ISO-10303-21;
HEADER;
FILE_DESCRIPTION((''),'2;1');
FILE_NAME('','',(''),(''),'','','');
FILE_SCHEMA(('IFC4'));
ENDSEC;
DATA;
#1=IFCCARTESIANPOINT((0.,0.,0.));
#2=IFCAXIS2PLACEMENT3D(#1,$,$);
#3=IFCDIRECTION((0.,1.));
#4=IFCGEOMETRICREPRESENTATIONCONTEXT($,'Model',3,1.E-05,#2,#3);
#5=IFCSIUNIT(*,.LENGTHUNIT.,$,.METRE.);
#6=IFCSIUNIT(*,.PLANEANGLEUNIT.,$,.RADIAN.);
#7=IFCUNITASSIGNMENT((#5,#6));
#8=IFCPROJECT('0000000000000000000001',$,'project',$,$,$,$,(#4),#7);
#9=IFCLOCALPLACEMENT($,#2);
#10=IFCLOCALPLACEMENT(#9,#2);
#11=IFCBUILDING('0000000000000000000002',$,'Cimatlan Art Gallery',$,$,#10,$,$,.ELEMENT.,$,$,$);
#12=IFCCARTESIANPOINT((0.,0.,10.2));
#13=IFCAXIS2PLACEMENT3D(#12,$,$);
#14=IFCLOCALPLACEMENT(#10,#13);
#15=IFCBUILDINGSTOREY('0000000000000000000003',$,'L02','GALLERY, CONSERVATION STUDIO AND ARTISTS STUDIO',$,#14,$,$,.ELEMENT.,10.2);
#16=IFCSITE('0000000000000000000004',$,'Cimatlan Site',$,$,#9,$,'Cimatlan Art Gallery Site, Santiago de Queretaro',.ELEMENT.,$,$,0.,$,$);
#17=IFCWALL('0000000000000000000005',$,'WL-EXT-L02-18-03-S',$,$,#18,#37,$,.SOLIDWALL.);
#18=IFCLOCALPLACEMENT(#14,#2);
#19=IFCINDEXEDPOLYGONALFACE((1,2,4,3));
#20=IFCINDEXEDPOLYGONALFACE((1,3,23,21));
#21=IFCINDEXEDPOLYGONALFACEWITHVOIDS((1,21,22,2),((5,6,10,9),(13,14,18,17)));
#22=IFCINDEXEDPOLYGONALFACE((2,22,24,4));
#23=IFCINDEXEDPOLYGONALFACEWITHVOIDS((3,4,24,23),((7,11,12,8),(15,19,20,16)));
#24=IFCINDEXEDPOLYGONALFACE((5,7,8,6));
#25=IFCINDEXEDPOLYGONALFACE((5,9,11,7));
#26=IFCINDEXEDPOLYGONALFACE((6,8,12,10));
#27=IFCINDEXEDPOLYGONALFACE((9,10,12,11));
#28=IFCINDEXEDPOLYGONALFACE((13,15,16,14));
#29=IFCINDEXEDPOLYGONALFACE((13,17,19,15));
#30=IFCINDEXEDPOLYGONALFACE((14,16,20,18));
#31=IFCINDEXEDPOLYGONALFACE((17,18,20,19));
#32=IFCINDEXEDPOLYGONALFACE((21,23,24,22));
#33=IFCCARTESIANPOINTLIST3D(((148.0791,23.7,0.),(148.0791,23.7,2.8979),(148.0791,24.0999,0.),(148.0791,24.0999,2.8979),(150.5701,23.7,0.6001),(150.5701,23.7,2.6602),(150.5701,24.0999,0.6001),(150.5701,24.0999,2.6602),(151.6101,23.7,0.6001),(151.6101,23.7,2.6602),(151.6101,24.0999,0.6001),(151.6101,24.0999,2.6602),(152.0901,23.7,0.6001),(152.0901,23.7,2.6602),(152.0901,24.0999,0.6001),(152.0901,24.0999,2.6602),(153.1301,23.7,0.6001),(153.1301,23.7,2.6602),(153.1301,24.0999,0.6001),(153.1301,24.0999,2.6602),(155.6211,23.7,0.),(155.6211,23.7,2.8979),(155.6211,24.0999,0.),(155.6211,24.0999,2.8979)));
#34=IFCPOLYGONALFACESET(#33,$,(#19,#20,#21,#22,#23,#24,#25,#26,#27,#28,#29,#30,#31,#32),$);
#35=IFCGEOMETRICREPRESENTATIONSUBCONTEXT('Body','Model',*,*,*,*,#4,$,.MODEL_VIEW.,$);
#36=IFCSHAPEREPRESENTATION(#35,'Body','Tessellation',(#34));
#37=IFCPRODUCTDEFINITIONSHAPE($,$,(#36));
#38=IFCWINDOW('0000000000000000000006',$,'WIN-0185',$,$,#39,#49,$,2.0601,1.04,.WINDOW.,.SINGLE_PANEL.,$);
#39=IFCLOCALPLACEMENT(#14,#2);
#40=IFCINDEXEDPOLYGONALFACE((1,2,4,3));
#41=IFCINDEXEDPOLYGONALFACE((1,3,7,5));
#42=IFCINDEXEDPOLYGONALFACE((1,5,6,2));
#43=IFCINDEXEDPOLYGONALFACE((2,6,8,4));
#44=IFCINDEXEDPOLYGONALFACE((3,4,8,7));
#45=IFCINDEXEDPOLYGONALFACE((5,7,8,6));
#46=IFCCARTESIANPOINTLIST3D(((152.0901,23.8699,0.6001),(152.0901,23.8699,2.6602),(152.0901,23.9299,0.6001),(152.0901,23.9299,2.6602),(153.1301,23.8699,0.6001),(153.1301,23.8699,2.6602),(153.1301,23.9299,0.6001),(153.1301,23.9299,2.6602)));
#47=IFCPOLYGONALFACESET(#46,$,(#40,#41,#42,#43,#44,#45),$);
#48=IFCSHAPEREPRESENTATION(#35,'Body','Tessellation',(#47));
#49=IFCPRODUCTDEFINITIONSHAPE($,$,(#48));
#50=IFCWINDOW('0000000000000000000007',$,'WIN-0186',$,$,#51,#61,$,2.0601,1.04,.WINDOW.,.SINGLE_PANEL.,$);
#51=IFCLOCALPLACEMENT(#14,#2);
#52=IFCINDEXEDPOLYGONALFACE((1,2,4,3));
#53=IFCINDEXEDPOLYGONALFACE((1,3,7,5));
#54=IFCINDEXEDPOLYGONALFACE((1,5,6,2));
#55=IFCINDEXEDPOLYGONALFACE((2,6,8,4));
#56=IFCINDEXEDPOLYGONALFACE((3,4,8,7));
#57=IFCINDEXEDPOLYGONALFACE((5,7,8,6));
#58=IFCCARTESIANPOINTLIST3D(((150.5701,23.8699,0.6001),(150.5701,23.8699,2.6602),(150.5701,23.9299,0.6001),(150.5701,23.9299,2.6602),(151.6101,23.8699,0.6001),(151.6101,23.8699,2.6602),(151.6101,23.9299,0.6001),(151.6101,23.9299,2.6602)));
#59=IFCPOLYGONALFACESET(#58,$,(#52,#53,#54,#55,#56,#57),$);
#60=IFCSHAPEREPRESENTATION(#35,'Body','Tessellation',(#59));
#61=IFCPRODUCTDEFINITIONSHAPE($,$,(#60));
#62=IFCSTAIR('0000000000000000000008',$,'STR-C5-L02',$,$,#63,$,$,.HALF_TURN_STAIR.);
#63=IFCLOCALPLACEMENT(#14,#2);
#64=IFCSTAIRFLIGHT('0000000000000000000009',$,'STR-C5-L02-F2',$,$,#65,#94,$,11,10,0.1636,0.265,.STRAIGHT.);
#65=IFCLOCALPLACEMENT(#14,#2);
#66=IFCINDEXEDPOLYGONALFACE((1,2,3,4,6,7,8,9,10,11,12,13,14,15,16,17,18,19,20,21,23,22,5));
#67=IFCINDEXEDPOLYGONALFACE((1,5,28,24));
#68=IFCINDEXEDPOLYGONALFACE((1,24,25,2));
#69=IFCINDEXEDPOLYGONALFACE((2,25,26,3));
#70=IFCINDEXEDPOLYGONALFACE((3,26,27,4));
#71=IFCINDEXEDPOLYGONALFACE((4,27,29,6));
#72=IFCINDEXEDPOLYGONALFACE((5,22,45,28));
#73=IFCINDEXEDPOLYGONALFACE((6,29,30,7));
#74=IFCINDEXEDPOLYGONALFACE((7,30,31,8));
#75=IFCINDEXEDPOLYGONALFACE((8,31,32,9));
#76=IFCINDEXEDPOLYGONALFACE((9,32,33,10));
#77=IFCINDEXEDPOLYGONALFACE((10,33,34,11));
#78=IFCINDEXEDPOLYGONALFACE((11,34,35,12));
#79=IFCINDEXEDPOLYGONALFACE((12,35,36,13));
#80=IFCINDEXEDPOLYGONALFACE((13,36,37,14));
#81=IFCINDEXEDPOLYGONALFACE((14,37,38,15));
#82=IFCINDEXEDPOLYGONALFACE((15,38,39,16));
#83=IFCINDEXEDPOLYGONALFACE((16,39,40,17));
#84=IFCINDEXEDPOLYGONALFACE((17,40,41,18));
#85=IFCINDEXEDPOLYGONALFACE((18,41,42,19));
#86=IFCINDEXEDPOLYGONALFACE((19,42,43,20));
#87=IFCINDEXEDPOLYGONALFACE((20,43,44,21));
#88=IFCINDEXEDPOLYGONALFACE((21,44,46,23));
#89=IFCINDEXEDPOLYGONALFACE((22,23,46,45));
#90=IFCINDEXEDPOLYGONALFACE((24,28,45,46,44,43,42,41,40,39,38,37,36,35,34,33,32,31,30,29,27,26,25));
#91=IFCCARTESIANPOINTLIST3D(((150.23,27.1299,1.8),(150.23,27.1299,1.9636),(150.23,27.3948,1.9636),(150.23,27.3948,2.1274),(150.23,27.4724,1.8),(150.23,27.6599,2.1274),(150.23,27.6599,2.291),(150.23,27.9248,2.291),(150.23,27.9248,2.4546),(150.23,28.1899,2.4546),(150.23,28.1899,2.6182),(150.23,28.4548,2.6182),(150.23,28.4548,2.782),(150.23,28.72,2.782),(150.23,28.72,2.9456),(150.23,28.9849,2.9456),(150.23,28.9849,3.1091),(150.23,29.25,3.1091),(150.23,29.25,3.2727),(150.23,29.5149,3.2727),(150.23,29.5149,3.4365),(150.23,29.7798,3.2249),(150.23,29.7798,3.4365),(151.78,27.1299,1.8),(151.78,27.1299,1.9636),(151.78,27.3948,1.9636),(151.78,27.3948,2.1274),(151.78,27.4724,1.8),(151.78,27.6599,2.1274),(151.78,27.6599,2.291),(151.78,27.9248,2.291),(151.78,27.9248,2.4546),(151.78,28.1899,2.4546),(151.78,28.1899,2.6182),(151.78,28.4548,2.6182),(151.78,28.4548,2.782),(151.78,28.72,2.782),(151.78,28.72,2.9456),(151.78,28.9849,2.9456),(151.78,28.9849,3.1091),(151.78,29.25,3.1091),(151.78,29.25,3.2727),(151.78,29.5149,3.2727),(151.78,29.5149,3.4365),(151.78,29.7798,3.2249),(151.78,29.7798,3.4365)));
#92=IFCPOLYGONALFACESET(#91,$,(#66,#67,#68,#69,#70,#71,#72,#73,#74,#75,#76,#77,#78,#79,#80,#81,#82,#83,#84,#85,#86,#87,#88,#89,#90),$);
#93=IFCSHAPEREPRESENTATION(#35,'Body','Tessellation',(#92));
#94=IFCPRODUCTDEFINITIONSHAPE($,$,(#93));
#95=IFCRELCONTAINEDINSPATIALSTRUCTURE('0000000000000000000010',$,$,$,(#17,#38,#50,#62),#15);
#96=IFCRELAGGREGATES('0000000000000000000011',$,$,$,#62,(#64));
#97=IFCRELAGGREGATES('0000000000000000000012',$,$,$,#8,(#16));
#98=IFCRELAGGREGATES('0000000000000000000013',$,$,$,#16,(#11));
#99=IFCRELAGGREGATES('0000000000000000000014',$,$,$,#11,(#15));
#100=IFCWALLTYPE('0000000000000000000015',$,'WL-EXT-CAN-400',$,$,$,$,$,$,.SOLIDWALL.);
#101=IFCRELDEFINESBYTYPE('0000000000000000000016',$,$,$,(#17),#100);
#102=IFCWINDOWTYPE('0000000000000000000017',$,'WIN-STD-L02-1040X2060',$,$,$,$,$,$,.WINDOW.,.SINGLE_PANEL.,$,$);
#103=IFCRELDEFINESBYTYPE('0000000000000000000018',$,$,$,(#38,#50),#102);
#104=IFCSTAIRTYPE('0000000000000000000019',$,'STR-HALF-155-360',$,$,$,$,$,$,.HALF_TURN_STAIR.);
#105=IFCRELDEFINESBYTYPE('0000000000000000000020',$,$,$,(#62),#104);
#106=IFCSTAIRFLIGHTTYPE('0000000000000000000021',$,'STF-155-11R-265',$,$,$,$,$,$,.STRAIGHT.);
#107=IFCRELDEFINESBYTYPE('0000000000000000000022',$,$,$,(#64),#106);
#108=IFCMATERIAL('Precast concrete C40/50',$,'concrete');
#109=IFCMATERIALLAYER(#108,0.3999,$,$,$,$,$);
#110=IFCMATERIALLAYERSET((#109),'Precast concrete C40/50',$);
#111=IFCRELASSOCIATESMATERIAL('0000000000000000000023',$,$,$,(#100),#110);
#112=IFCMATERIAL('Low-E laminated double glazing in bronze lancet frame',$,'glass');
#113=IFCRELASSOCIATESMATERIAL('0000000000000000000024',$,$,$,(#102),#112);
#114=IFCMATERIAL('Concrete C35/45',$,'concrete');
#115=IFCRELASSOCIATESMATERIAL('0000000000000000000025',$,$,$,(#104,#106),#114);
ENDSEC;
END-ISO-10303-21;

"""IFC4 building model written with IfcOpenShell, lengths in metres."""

from ifc_helpers import new_model, si_unit, direction, frame, frame_2d, origin, place, context, subcontext, project, spatial, polyline, rectangle, outline, extrude, material, layer, layer_set, type_object, element, fill, aggregate, save


model = new_model("IFC4")

# Units and contexts
model_context = context("Model", 3, precision=1e-05, world=origin(), true_north=direction((0.0, 1.0)))
body_context = subcontext(model_context, "Body", "Model", "MODEL_VIEW")
ifc_project = project(units=[si_unit("LENGTHUNIT", "METRE"), si_unit("PLANEANGLEUNIT", "RADIAN")], contexts=[model_context])

# Site, building, storey
site_placement = place(None, origin())
site = spatial("IfcSite", under=ifc_project, at=site_placement, Name="Cimatlan Site", LongName="Cimatlan Art Gallery Site, Santiago de Queretaro", CompositionType="ELEMENT", RefElevation=0.0)
building_placement = place(site_placement, origin())
building = spatial("IfcBuilding", under=site, at=building_placement, Name="Cimatlan Art Gallery", CompositionType="ELEMENT")
storey_placement = place(building_placement, frame((0.0, 0.0, 10.2)))
storey = spatial("IfcBuildingStorey", under=building, at=storey_placement, Name="L02", Description="GALLERY, CONSERVATION STUDIO AND ARTISTS STUDIO", CompositionType="ELEMENT", Elevation=10.2)

# Shared definitions
ifc_material_1 = material(Name="Precast concrete C40/50", Category="concrete")

# Wall, openings, windows
ifc_layer_1 = layer(ifc_material_1, 0.3999)
ifc_layer_set_1 = layer_set([ifc_layer_1], Name="Precast concrete C40/50")
wall_type_1 = type_object("IfcWallType", Name="WL-EXT-CAN-400", PredefinedType="SOLIDWALL", material=ifc_layer_set_1)
wall_1_placement = place(storey_placement, frame((155.6211, 23.8999, 0.0), z_axis=(0.0, 0.0, 1.0), x_axis=(-1.0, 0.0, 0.0)))
wall_1 = element("IfcWall", 1, at=wall_1_placement, inside=storey, type_object=wall_type_1, Name="WL-EXT-L02-18-03-S", PredefinedType="SOLIDWALL", context=body_context, shape_type="SweptSolid", body=[
    extrude(rectangle(XDim=7.542, YDim=0.3999, at=frame_2d((3.771, 0.0))), origin(), (0.0, 0.0, 1.0), 2.8979),
])
opening_1_placement = place(wall_1_placement, frame((2.491, 0.0, 0.6001)))
opening_1 = element("IfcOpeningElement", 2, at=opening_1_placement, cuts=wall_1, PredefinedType="OPENING", context=body_context, shape_type="SweptSolid", body=[
    extrude(rectangle(XDim=1.04, YDim=2.0601, at=frame_2d((0.52, 1.03))), frame((0.0, 0.21, 0.0), z_axis=(0.0, -1.0, 0.0), x_axis=(1.0, 0.0, 0.0)), (0.0, 0.0, 1.0), 0.4199),
])
opening_2_placement = place(wall_1_placement, frame((4.011, 0.0, 0.6001)))
opening_2 = element("IfcOpeningElement", 3, at=opening_2_placement, cuts=wall_1, PredefinedType="OPENING", context=body_context, shape_type="SweptSolid", body=[
    extrude(rectangle(XDim=1.04, YDim=2.0601, at=frame_2d((0.52, 1.03))), frame((0.0, 0.21, 0.0), z_axis=(0.0, -1.0, 0.0), x_axis=(1.0, 0.0, 0.0)), (0.0, 0.0, 1.0), 0.4199),
])
ifc_material_2 = material(Name="Low-E laminated double glazing in bronze lancet frame", Category="glass")
window_type = type_object("IfcWindowType", Name="WIN-STD-L02-1040X2060", PartitioningType="SINGLE_PANEL", PredefinedType="WINDOW", material=ifc_material_2)
window_1_placement = place(opening_1_placement, origin())
window_1 = element("IfcWindow", 4, at=window_1_placement, inside=storey, type_object=window_type, Name="WIN-0185", OverallHeight=2.0601, OverallWidth=1.04, PartitioningType="SINGLE_PANEL", PredefinedType="WINDOW", context=body_context, shape_type="SweptSolid", body=[
    extrude(rectangle(XDim=1.04, YDim=2.0601, at=frame_2d((0.52, 1.03))), frame((0.0, 0.03, 0.0), z_axis=(0.0, -1.0, 0.0), x_axis=(1.0, 0.0, 0.0)), (0.0, 0.0, 1.0), 0.0601),
])
fill(opening_1, window_1)
window_2_placement = place(opening_2_placement, origin())
window_2 = element("IfcWindow", 5, at=window_2_placement, inside=storey, type_object=window_type, Name="WIN-0186", OverallHeight=2.0601, OverallWidth=1.04, PartitioningType="SINGLE_PANEL", PredefinedType="WINDOW", context=body_context, shape_type="SweptSolid", body=[
    extrude(rectangle(XDim=1.04, YDim=2.0601, at=frame_2d((0.52, 1.03))), frame((0.0, 0.03, 0.0), z_axis=(0.0, -1.0, 0.0), x_axis=(1.0, 0.0, 0.0)), (0.0, 0.0, 1.0), 0.0601),
])
fill(opening_2, window_2)

# Stair, stair flight
ifc_material_3 = material(Name="Concrete C35/45", Category="concrete")
stair_type = type_object("IfcStairType", Name="STR-HALF-155-360", PredefinedType="HALF_TURN_STAIR", material=ifc_material_3)
stair_placement = place(storey_placement, origin())
stair = element("IfcStair", 6, at=stair_placement, inside=storey, type_object=stair_type, Name="STR-C5-L02", PredefinedType="HALF_TURN_STAIR")
stair_flight_type = type_object("IfcStairFlightType", Name="STF-155-11R-265", PredefinedType="STRAIGHT", material=ifc_material_3)
stair_flight_placement = place(storey_placement, frame((151.0049, 27.1299, 1.8), z_axis=(0.0, 0.0, 1.0), x_axis=(0.0, 1.0, 0.0)))
stair_flight = element("IfcStairFlight", 7, at=stair_flight_placement, type_object=stair_flight_type, Name="STR-C5-L02-F2", NumberOfRisers=11, NumberOfTreads=10, PredefinedType="STRAIGHT", RiserHeight=0.1636, TreadLength=0.265, context=body_context, shape_type="SweptSolid", body=[
    extrude(outline(polyline([(0.0, 0.0), (0.0, 0.1636), (0.2649, 0.1636), (0.2649, 0.3274), (0.53, 0.3274), (0.53, 0.491), (0.7949, 0.491), (0.7949, 0.6545), (1.0601, 0.6545), (1.0601, 0.8181), (1.325, 0.8181), (1.325, 0.9819), (1.5901, 0.9819), (1.5901, 1.1455), (1.855, 1.1455), (1.855, 1.3091), (2.1201, 1.3091), (2.1201, 1.4727), (2.385, 1.4727), (2.385, 1.6365), (2.6499, 1.6365), (2.6499, 1.8), (2.6499, 1.4248), (0.3425, 0.0), (0.0, 0.0)])), frame((0.0, 0.7749, 0.0), z_axis=(0.0, -1.0, 0.0), x_axis=(1.0, 0.0, 0.0)), (0.0, 0.0, 1.0), 1.55),
])
aggregate(stair, [stair_flight])

save(model, "model.ifc")
